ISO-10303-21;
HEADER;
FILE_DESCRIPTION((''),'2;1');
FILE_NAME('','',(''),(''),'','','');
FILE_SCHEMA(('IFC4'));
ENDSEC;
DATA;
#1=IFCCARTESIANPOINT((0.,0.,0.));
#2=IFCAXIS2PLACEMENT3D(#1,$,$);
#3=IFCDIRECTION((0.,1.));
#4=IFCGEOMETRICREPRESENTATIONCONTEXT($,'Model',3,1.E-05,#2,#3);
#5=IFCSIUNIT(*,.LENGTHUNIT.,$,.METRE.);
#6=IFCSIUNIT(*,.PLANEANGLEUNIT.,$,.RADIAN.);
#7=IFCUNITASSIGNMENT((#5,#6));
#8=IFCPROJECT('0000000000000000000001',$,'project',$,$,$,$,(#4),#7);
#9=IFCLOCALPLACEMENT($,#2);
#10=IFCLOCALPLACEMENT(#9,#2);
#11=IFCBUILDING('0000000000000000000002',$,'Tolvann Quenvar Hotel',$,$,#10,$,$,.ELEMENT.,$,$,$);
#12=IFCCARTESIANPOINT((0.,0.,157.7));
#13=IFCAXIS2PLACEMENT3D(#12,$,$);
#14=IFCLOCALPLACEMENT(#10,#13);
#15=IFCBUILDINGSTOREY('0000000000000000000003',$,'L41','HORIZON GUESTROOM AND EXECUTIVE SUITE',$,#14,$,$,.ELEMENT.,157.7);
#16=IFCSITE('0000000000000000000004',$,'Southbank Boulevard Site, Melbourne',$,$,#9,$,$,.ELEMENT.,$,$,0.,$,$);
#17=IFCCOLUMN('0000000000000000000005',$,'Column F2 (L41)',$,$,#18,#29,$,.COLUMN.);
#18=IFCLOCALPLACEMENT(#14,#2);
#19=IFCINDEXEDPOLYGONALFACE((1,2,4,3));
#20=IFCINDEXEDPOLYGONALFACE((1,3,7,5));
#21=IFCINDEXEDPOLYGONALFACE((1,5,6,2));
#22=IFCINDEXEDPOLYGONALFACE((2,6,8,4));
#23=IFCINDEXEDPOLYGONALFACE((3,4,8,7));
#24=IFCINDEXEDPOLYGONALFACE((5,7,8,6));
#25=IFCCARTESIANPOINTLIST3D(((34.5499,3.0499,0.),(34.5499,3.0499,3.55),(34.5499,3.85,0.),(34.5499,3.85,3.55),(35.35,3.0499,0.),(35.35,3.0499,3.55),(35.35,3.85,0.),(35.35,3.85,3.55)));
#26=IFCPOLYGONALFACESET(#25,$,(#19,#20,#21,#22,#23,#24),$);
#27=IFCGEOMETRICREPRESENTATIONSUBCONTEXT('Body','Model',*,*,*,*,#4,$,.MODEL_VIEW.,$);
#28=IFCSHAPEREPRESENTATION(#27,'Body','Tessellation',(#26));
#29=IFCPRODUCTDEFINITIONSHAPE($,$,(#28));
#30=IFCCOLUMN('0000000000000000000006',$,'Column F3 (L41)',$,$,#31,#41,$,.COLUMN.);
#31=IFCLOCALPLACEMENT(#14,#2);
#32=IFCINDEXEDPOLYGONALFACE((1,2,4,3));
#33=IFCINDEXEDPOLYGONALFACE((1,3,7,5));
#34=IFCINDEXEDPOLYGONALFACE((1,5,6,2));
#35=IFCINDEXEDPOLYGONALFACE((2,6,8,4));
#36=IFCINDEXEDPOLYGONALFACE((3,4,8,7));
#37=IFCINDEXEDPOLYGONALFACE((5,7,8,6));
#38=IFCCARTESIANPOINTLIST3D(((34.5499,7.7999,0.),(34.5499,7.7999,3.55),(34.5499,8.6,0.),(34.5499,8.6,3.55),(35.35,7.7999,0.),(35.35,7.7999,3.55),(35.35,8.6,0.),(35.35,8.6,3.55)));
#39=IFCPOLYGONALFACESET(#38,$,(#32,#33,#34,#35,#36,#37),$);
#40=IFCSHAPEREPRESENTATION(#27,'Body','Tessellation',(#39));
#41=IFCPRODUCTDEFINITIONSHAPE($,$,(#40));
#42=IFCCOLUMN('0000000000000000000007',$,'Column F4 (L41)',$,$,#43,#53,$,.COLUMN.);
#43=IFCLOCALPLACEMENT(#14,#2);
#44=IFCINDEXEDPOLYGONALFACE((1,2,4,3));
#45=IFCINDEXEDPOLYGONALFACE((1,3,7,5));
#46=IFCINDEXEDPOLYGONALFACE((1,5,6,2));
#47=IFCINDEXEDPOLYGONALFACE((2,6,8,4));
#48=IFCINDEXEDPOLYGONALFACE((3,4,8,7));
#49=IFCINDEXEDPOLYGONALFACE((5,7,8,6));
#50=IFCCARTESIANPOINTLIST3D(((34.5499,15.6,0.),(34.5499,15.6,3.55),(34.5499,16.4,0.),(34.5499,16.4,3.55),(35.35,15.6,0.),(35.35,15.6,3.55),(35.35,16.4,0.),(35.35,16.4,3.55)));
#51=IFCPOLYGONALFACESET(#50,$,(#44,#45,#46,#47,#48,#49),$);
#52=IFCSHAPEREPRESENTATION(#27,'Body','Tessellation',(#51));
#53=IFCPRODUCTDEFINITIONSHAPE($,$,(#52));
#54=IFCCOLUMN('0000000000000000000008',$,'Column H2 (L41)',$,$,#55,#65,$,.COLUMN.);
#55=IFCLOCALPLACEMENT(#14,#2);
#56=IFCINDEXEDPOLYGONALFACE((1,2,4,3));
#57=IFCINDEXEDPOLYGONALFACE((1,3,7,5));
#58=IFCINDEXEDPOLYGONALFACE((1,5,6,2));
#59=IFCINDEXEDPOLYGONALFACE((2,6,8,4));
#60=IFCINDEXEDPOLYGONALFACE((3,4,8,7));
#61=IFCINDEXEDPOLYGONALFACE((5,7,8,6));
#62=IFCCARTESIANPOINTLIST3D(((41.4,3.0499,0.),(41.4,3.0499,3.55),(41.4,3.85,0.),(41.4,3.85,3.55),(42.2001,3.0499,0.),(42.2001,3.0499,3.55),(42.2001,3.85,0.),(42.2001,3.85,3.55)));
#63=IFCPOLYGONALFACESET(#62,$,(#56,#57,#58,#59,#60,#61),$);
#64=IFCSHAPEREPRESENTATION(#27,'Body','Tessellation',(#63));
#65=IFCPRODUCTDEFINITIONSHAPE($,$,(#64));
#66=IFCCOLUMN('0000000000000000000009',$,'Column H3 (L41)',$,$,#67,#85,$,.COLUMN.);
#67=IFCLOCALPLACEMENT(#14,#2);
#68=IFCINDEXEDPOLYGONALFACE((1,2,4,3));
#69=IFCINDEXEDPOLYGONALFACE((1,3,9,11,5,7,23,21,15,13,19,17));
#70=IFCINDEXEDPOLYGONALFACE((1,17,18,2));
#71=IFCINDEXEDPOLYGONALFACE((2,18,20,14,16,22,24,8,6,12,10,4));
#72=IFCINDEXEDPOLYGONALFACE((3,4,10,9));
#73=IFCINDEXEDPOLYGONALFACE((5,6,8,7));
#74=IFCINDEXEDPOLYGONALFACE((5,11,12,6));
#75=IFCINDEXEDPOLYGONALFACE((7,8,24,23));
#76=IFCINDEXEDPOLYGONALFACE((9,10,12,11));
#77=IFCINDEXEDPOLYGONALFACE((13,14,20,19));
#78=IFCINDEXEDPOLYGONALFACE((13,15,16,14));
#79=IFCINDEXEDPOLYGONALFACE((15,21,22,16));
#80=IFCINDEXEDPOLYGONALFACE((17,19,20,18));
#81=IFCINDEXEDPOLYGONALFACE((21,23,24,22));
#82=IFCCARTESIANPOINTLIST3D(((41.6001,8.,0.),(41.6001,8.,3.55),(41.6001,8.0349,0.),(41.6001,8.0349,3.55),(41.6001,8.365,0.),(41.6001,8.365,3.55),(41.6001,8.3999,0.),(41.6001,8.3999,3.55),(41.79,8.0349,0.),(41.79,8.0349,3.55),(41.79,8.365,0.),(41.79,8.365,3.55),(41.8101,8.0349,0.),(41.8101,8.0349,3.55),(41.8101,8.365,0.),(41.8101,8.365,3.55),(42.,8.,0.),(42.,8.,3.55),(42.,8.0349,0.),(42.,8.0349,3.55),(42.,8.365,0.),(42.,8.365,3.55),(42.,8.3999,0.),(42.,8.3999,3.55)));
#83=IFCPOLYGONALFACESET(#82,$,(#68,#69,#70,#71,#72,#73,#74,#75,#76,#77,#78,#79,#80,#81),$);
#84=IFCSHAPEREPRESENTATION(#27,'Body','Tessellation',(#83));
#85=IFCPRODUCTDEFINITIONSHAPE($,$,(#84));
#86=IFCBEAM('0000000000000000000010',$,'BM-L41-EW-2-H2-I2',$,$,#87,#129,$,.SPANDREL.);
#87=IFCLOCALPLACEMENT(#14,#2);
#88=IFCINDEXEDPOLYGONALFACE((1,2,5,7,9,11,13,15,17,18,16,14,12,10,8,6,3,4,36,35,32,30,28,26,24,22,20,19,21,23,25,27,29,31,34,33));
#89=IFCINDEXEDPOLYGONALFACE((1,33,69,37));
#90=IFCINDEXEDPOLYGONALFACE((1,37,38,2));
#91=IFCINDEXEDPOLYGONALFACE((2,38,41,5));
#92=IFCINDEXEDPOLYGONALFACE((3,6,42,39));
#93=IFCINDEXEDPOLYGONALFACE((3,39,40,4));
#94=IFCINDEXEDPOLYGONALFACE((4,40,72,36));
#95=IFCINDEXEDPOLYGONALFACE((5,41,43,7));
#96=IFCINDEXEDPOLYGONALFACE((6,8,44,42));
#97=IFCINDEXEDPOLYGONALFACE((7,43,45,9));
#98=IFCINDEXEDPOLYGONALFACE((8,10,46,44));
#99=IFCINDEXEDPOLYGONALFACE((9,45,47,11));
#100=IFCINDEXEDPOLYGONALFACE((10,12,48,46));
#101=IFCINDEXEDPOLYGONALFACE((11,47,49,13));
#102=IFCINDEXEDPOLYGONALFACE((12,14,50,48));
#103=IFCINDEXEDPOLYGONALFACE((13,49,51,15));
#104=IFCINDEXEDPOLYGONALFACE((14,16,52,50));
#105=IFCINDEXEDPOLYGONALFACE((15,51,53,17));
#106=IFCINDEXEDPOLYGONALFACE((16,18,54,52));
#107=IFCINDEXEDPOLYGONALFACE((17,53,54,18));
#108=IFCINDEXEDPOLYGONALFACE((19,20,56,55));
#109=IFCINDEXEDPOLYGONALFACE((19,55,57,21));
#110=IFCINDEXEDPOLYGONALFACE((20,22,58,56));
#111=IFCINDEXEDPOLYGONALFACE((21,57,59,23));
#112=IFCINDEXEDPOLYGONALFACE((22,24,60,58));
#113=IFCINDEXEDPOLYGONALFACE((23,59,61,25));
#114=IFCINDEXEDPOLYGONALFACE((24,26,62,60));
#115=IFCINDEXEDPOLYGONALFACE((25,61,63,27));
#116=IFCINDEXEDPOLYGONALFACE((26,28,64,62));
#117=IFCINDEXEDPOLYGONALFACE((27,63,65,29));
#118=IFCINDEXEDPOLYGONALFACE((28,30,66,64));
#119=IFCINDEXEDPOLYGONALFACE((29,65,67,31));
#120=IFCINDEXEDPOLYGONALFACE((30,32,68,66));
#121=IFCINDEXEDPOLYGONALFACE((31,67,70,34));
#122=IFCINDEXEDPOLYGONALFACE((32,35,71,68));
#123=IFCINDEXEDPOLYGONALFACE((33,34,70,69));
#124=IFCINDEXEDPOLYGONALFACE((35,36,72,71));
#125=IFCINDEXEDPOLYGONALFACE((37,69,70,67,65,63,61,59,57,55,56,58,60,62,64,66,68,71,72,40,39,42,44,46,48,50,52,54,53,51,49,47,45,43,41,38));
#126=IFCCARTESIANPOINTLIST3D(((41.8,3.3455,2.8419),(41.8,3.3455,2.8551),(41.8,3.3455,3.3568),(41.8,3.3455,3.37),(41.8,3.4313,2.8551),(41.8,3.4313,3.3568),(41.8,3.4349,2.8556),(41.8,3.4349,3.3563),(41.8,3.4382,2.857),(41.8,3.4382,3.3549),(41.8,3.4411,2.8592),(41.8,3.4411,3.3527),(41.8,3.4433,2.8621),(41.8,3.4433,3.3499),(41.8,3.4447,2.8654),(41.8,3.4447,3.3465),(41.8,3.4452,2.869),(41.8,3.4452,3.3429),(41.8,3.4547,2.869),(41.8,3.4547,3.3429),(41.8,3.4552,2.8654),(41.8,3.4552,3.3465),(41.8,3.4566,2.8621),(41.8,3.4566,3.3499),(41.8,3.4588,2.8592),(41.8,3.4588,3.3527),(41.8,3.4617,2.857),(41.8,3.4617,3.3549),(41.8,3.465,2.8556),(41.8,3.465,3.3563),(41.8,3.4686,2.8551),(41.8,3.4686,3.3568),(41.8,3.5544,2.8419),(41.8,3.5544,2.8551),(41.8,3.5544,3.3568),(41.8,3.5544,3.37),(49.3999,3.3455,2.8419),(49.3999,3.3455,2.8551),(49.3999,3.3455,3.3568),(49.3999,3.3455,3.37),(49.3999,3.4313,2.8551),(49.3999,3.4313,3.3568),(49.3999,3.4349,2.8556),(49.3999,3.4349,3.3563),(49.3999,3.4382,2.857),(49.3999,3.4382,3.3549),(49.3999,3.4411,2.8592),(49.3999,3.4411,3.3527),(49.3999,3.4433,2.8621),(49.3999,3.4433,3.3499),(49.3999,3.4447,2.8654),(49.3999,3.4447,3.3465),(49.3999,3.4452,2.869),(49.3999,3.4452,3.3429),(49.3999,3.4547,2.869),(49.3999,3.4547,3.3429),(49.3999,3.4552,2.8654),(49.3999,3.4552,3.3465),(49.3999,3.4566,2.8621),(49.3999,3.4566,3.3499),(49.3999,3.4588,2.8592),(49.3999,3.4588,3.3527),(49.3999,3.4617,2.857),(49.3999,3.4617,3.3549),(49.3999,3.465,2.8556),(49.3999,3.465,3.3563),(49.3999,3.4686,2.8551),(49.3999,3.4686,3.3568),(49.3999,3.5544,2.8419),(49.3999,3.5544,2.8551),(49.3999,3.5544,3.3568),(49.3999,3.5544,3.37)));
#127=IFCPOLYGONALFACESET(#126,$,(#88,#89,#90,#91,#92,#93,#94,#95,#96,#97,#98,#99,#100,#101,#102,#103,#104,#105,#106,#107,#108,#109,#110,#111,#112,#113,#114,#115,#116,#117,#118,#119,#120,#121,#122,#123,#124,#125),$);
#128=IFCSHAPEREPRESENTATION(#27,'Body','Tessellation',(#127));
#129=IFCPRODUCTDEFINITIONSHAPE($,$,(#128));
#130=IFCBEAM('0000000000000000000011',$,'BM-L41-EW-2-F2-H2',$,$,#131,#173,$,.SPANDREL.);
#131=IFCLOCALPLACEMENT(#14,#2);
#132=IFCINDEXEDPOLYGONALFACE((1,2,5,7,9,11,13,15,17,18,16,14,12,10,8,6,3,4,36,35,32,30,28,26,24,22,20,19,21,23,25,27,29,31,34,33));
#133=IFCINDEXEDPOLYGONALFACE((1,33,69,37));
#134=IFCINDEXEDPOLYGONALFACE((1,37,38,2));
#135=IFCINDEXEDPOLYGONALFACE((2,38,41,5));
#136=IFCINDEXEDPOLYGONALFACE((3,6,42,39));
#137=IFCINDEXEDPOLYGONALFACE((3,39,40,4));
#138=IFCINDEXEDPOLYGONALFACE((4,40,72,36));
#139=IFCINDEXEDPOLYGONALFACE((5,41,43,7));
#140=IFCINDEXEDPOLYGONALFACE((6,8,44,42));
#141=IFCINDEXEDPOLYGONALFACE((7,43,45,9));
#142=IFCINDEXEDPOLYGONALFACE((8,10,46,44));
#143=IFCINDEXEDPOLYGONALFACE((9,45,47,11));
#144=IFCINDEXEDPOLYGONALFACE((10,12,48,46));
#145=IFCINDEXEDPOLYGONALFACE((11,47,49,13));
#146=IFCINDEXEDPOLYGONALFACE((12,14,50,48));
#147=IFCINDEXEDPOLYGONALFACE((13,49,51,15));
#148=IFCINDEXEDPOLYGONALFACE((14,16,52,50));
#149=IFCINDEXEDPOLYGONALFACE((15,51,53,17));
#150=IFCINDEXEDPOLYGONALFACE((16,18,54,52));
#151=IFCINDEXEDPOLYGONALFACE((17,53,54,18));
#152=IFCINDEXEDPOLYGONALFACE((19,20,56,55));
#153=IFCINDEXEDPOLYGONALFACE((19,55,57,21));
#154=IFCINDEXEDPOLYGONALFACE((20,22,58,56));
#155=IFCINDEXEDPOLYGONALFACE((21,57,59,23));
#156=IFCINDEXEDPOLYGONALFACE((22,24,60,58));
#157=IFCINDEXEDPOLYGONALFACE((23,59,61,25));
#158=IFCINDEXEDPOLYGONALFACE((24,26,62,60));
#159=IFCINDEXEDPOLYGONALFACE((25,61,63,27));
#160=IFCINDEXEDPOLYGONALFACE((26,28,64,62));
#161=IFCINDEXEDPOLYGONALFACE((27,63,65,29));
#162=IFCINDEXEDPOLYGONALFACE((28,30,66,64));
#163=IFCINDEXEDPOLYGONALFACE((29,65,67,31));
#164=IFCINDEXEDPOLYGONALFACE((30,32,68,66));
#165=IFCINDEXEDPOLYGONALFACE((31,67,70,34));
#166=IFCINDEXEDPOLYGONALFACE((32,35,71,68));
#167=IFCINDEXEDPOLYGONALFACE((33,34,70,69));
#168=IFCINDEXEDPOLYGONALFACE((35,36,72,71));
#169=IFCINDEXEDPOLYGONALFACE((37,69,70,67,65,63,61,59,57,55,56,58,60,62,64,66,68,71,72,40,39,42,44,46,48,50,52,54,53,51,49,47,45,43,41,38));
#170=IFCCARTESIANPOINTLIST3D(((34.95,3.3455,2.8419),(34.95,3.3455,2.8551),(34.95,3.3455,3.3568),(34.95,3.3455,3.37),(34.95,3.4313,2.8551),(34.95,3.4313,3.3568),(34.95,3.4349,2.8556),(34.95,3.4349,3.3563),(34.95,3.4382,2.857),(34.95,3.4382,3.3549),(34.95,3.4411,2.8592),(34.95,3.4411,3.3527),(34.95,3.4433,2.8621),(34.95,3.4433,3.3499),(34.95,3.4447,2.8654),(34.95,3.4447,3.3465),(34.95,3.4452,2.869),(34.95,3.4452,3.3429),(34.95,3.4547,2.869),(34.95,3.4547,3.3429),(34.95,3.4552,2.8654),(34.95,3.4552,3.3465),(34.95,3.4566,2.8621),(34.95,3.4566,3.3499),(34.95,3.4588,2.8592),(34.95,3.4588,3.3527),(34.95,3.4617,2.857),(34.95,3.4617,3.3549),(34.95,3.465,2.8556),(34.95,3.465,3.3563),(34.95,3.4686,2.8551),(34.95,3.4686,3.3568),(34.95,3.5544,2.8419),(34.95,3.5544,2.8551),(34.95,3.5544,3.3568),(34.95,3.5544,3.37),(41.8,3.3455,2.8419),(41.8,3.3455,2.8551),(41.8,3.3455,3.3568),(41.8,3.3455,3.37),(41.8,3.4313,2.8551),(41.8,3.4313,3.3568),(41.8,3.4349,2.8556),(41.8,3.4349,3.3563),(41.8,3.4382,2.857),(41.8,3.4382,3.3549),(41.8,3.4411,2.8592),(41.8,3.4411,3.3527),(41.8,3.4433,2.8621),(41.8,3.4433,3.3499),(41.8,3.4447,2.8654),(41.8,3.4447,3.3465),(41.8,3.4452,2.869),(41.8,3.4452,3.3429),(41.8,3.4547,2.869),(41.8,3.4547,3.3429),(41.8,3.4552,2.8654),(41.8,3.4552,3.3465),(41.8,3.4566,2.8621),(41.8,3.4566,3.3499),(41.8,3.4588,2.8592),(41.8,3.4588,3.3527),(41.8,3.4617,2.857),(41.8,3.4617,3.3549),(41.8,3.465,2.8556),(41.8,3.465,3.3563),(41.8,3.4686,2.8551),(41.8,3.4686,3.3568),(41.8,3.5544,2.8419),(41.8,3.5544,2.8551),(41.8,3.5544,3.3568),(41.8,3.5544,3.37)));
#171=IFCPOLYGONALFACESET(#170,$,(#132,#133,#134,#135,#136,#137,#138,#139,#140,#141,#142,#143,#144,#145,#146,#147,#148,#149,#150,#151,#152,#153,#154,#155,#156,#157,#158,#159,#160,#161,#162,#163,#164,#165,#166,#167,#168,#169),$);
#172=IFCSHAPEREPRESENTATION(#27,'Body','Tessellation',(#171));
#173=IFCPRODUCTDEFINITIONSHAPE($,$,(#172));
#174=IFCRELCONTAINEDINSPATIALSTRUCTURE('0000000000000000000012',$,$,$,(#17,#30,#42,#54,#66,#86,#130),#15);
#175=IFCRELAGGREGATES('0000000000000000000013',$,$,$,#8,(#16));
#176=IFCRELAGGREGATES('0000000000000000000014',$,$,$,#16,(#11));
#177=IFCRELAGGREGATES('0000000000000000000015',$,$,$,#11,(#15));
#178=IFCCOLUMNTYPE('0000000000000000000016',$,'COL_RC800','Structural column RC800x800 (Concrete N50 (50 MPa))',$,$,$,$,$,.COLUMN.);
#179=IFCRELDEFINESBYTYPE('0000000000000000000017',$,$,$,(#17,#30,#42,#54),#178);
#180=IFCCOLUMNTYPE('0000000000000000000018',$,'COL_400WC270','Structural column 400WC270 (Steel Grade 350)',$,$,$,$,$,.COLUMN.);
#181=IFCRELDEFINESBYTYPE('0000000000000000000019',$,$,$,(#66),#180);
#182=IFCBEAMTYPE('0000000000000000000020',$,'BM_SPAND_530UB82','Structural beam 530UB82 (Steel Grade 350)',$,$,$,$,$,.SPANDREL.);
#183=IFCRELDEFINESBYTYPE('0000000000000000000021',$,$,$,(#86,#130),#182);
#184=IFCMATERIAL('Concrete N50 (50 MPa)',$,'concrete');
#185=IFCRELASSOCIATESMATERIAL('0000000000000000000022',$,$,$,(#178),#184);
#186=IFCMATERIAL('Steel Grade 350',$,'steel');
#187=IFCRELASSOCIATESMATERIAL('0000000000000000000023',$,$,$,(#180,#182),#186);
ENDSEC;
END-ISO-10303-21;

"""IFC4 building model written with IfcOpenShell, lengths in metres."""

from ifc_helpers import new_model, si_unit, direction, frame, origin, origin_2d, place, context, subcontext, project, spatial, rectangle, i_section, extrude, source, transform, mapped, material, material_profile, profile_set, type_object, type_shapes, element, save


model = new_model("IFC4")

# Units and contexts
model_context = context("Model", 3, precision=1e-05, world=origin(), true_north=direction((0.0, 1.0)))
body_context = subcontext(model_context, "Body", "Model", "MODEL_VIEW")
ifc_project = project(units=[si_unit("LENGTHUNIT", "METRE"), si_unit("PLANEANGLEUNIT", "RADIAN")], contexts=[model_context])

# Site, building, storey
site_placement = place(None, origin())
site = spatial("IfcSite", under=ifc_project, at=site_placement, Name="Southbank Boulevard Site, Melbourne", CompositionType="ELEMENT", RefElevation=0.0)
building_placement = place(site_placement, origin())
building = spatial("IfcBuilding", under=site, at=building_placement, Name="Tolvann Quenvar Hotel", CompositionType="ELEMENT")
storey_placement = place(building_placement, frame((0.0, 0.0, 157.7)))
storey = spatial("IfcBuildingStorey", under=building, at=storey_placement, Name="L41", Description="HORIZON GUESTROOM AND EXECUTIVE SUITE", CompositionType="ELEMENT", Elevation=157.7)

# Columns
ifc_material_1 = material(Name="Concrete N50 (50 MPa)", Category="concrete")
ifc_material_profile_1 = material_profile(ifc_material_1, rectangle(XDim=0.8, YDim=0.8, at=origin_2d()), Name="RC800x800")
ifc_profile_set_1 = profile_set([ifc_material_profile_1], Name="Concrete N50 (50 MPa)")
column_type_1 = type_object("IfcColumnType", Name="COL_RC800", Description="Structural column RC800x800 (Concrete N50 (50 MPa))", PredefinedType="COLUMN", material=ifc_profile_set_1)
shared_shape_1 = source(origin(), body_context, "Body", "SweptSolid", [
    extrude(rectangle(XDim=0.8, YDim=0.8, at=origin_2d()), origin(), (0.0, 0.0, 1.0), 3.55),
])
type_shapes(column_type_1, [shared_shape_1])
for number, where, z_axis, x_axis, name in (
    (1, (34.95, 3.45, 0.0), (0.0, 0.0, 1.0), (1.0, 0.0, 0.0), "Column F2 (L41)"),
    (2, (34.95, 8.2, 0.0), (0.0, 0.0, 1.0), (1.0, 0.0, 0.0), "Column F3 (L41)"),
    (3, (34.95, 16.0, 0.0), (0.0, 0.0, 1.0), (1.0, 0.0, 0.0), "Column F4 (L41)"),
    (4, (41.8, 3.45, 0.0), (0.0, 0.0, 1.0), (1.0, 0.0, 0.0), "Column H2 (L41)"),
):
    element("IfcColumn", number, at=place(storey_placement, frame(where, z_axis=z_axis, x_axis=x_axis)), inside=storey, type_object=column_type_1, Name=name, PredefinedType="COLUMN", context=body_context, shape_type="MappedRepresentation", body=[
        mapped(shared_shape_1, transform((0.0, 0.0, 0.0), x_axis=(1.0, 0.0, 0.0), y_axis=(0.0, 1.0, 0.0), z_axis=(0.0, 0.0, 1.0), scale=1.0)),
    ])
ifc_material_2 = material(Name="Steel Grade 350", Category="steel")
ifc_material_profile_2 = material_profile(ifc_material_2, i_section(OverallWidth=0.3999, OverallDepth=0.3999, WebThickness=0.02, FlangeThickness=0.0349, at=origin_2d()), Name="400WC270")
ifc_profile_set_2 = profile_set([ifc_material_profile_2], Name="Steel Grade 350")
column_type_2 = type_object("IfcColumnType", Name="COL_400WC270", Description="Structural column 400WC270 (Steel Grade 350)", PredefinedType="COLUMN", material=ifc_profile_set_2)
shared_shape_2 = source(origin(), body_context, "Body", "SweptSolid", [
    extrude(i_section(OverallWidth=0.3999, OverallDepth=0.3999, WebThickness=0.02, FlangeThickness=0.0349, at=origin_2d()), origin(), (0.0, 0.0, 1.0), 3.55),
])
type_shapes(column_type_2, [shared_shape_2])
column_placement = place(storey_placement, frame((41.8, 8.2, 0.0), z_axis=(0.0, 0.0, 1.0), x_axis=(1.0, 0.0, 0.0)))
element("IfcColumn", 5, at=column_placement, inside=storey, type_object=column_type_2, Name="Column H3 (L41)", PredefinedType="COLUMN", context=body_context, shape_type="MappedRepresentation", body=[
    mapped(shared_shape_2, transform((0.0, 0.0, 0.0), x_axis=(1.0, 0.0, 0.0), y_axis=(0.0, 1.0, 0.0), z_axis=(0.0, 0.0, 1.0), scale=1.0)),
])

# Beams
ifc_material_profile_3 = material_profile(ifc_material_2, i_section(OverallWidth=0.209, OverallDepth=0.5281, WebThickness=0.0095, FlangeThickness=0.0132, FilletRadius=0.0139, at=origin_2d()), Name="530UB82")
ifc_profile_set_3 = profile_set([ifc_material_profile_3], Name="Steel Grade 350")
beam_type_1 = type_object("IfcBeamType", Name="BM_SPAND_530UB82", Description="Structural beam 530UB82 (Steel Grade 350)", PredefinedType="SPANDREL", material=ifc_profile_set_3)
shared_shape_3 = source(origin(), body_context, "Body", "SweptSolid", [
    extrude(i_section(OverallWidth=0.209, OverallDepth=0.5281, WebThickness=0.0095, FlangeThickness=0.0132, FilletRadius=0.0139, at=origin_2d()), origin(), (0.0, 0.0, 1.0), 7.5999),
])
beam_1_placement = place(storey_placement, frame((41.8, 3.45, 3.106), z_axis=(1.0, 0.0, 0.0), x_axis=(0.0, 1.0, 0.0)))
element("IfcBeam", 6, at=beam_1_placement, inside=storey, type_object=beam_type_1, Name="BM-L41-EW-2-H2-I2", PredefinedType="SPANDREL", context=body_context, shape_type="MappedRepresentation", body=[
    mapped(shared_shape_3, transform((0.0, 0.0, 0.0), x_axis=(1.0, 0.0, 0.0), y_axis=(0.0, 1.0, 0.0), z_axis=(0.0, 0.0, 1.0), scale=1.0)),
])
shared_shape_4 = source(origin(), body_context, "Body", "SweptSolid", [
    extrude(i_section(OverallWidth=0.209, OverallDepth=0.5281, WebThickness=0.0095, FlangeThickness=0.0132, FilletRadius=0.0139, at=origin_2d()), origin(), (0.0, 0.0, 1.0), 6.8501),
])
type_shapes(beam_type_1, [shared_shape_3, shared_shape_4])
beam_2_placement = place(storey_placement, frame((34.95, 3.45, 3.106), z_axis=(1.0, 0.0, 0.0), x_axis=(0.0, 1.0, 0.0)))
element("IfcBeam", 7, at=beam_2_placement, inside=storey, type_object=beam_type_1, Name="BM-L41-EW-2-F2-H2", PredefinedType="SPANDREL", context=body_context, shape_type="MappedRepresentation", body=[
    mapped(shared_shape_4, transform((0.0, 0.0, 0.0), x_axis=(1.0, 0.0, 0.0), y_axis=(0.0, 1.0, 0.0), z_axis=(0.0, 0.0, 1.0), scale=1.0)),
])

save(model, "model.ifc")
